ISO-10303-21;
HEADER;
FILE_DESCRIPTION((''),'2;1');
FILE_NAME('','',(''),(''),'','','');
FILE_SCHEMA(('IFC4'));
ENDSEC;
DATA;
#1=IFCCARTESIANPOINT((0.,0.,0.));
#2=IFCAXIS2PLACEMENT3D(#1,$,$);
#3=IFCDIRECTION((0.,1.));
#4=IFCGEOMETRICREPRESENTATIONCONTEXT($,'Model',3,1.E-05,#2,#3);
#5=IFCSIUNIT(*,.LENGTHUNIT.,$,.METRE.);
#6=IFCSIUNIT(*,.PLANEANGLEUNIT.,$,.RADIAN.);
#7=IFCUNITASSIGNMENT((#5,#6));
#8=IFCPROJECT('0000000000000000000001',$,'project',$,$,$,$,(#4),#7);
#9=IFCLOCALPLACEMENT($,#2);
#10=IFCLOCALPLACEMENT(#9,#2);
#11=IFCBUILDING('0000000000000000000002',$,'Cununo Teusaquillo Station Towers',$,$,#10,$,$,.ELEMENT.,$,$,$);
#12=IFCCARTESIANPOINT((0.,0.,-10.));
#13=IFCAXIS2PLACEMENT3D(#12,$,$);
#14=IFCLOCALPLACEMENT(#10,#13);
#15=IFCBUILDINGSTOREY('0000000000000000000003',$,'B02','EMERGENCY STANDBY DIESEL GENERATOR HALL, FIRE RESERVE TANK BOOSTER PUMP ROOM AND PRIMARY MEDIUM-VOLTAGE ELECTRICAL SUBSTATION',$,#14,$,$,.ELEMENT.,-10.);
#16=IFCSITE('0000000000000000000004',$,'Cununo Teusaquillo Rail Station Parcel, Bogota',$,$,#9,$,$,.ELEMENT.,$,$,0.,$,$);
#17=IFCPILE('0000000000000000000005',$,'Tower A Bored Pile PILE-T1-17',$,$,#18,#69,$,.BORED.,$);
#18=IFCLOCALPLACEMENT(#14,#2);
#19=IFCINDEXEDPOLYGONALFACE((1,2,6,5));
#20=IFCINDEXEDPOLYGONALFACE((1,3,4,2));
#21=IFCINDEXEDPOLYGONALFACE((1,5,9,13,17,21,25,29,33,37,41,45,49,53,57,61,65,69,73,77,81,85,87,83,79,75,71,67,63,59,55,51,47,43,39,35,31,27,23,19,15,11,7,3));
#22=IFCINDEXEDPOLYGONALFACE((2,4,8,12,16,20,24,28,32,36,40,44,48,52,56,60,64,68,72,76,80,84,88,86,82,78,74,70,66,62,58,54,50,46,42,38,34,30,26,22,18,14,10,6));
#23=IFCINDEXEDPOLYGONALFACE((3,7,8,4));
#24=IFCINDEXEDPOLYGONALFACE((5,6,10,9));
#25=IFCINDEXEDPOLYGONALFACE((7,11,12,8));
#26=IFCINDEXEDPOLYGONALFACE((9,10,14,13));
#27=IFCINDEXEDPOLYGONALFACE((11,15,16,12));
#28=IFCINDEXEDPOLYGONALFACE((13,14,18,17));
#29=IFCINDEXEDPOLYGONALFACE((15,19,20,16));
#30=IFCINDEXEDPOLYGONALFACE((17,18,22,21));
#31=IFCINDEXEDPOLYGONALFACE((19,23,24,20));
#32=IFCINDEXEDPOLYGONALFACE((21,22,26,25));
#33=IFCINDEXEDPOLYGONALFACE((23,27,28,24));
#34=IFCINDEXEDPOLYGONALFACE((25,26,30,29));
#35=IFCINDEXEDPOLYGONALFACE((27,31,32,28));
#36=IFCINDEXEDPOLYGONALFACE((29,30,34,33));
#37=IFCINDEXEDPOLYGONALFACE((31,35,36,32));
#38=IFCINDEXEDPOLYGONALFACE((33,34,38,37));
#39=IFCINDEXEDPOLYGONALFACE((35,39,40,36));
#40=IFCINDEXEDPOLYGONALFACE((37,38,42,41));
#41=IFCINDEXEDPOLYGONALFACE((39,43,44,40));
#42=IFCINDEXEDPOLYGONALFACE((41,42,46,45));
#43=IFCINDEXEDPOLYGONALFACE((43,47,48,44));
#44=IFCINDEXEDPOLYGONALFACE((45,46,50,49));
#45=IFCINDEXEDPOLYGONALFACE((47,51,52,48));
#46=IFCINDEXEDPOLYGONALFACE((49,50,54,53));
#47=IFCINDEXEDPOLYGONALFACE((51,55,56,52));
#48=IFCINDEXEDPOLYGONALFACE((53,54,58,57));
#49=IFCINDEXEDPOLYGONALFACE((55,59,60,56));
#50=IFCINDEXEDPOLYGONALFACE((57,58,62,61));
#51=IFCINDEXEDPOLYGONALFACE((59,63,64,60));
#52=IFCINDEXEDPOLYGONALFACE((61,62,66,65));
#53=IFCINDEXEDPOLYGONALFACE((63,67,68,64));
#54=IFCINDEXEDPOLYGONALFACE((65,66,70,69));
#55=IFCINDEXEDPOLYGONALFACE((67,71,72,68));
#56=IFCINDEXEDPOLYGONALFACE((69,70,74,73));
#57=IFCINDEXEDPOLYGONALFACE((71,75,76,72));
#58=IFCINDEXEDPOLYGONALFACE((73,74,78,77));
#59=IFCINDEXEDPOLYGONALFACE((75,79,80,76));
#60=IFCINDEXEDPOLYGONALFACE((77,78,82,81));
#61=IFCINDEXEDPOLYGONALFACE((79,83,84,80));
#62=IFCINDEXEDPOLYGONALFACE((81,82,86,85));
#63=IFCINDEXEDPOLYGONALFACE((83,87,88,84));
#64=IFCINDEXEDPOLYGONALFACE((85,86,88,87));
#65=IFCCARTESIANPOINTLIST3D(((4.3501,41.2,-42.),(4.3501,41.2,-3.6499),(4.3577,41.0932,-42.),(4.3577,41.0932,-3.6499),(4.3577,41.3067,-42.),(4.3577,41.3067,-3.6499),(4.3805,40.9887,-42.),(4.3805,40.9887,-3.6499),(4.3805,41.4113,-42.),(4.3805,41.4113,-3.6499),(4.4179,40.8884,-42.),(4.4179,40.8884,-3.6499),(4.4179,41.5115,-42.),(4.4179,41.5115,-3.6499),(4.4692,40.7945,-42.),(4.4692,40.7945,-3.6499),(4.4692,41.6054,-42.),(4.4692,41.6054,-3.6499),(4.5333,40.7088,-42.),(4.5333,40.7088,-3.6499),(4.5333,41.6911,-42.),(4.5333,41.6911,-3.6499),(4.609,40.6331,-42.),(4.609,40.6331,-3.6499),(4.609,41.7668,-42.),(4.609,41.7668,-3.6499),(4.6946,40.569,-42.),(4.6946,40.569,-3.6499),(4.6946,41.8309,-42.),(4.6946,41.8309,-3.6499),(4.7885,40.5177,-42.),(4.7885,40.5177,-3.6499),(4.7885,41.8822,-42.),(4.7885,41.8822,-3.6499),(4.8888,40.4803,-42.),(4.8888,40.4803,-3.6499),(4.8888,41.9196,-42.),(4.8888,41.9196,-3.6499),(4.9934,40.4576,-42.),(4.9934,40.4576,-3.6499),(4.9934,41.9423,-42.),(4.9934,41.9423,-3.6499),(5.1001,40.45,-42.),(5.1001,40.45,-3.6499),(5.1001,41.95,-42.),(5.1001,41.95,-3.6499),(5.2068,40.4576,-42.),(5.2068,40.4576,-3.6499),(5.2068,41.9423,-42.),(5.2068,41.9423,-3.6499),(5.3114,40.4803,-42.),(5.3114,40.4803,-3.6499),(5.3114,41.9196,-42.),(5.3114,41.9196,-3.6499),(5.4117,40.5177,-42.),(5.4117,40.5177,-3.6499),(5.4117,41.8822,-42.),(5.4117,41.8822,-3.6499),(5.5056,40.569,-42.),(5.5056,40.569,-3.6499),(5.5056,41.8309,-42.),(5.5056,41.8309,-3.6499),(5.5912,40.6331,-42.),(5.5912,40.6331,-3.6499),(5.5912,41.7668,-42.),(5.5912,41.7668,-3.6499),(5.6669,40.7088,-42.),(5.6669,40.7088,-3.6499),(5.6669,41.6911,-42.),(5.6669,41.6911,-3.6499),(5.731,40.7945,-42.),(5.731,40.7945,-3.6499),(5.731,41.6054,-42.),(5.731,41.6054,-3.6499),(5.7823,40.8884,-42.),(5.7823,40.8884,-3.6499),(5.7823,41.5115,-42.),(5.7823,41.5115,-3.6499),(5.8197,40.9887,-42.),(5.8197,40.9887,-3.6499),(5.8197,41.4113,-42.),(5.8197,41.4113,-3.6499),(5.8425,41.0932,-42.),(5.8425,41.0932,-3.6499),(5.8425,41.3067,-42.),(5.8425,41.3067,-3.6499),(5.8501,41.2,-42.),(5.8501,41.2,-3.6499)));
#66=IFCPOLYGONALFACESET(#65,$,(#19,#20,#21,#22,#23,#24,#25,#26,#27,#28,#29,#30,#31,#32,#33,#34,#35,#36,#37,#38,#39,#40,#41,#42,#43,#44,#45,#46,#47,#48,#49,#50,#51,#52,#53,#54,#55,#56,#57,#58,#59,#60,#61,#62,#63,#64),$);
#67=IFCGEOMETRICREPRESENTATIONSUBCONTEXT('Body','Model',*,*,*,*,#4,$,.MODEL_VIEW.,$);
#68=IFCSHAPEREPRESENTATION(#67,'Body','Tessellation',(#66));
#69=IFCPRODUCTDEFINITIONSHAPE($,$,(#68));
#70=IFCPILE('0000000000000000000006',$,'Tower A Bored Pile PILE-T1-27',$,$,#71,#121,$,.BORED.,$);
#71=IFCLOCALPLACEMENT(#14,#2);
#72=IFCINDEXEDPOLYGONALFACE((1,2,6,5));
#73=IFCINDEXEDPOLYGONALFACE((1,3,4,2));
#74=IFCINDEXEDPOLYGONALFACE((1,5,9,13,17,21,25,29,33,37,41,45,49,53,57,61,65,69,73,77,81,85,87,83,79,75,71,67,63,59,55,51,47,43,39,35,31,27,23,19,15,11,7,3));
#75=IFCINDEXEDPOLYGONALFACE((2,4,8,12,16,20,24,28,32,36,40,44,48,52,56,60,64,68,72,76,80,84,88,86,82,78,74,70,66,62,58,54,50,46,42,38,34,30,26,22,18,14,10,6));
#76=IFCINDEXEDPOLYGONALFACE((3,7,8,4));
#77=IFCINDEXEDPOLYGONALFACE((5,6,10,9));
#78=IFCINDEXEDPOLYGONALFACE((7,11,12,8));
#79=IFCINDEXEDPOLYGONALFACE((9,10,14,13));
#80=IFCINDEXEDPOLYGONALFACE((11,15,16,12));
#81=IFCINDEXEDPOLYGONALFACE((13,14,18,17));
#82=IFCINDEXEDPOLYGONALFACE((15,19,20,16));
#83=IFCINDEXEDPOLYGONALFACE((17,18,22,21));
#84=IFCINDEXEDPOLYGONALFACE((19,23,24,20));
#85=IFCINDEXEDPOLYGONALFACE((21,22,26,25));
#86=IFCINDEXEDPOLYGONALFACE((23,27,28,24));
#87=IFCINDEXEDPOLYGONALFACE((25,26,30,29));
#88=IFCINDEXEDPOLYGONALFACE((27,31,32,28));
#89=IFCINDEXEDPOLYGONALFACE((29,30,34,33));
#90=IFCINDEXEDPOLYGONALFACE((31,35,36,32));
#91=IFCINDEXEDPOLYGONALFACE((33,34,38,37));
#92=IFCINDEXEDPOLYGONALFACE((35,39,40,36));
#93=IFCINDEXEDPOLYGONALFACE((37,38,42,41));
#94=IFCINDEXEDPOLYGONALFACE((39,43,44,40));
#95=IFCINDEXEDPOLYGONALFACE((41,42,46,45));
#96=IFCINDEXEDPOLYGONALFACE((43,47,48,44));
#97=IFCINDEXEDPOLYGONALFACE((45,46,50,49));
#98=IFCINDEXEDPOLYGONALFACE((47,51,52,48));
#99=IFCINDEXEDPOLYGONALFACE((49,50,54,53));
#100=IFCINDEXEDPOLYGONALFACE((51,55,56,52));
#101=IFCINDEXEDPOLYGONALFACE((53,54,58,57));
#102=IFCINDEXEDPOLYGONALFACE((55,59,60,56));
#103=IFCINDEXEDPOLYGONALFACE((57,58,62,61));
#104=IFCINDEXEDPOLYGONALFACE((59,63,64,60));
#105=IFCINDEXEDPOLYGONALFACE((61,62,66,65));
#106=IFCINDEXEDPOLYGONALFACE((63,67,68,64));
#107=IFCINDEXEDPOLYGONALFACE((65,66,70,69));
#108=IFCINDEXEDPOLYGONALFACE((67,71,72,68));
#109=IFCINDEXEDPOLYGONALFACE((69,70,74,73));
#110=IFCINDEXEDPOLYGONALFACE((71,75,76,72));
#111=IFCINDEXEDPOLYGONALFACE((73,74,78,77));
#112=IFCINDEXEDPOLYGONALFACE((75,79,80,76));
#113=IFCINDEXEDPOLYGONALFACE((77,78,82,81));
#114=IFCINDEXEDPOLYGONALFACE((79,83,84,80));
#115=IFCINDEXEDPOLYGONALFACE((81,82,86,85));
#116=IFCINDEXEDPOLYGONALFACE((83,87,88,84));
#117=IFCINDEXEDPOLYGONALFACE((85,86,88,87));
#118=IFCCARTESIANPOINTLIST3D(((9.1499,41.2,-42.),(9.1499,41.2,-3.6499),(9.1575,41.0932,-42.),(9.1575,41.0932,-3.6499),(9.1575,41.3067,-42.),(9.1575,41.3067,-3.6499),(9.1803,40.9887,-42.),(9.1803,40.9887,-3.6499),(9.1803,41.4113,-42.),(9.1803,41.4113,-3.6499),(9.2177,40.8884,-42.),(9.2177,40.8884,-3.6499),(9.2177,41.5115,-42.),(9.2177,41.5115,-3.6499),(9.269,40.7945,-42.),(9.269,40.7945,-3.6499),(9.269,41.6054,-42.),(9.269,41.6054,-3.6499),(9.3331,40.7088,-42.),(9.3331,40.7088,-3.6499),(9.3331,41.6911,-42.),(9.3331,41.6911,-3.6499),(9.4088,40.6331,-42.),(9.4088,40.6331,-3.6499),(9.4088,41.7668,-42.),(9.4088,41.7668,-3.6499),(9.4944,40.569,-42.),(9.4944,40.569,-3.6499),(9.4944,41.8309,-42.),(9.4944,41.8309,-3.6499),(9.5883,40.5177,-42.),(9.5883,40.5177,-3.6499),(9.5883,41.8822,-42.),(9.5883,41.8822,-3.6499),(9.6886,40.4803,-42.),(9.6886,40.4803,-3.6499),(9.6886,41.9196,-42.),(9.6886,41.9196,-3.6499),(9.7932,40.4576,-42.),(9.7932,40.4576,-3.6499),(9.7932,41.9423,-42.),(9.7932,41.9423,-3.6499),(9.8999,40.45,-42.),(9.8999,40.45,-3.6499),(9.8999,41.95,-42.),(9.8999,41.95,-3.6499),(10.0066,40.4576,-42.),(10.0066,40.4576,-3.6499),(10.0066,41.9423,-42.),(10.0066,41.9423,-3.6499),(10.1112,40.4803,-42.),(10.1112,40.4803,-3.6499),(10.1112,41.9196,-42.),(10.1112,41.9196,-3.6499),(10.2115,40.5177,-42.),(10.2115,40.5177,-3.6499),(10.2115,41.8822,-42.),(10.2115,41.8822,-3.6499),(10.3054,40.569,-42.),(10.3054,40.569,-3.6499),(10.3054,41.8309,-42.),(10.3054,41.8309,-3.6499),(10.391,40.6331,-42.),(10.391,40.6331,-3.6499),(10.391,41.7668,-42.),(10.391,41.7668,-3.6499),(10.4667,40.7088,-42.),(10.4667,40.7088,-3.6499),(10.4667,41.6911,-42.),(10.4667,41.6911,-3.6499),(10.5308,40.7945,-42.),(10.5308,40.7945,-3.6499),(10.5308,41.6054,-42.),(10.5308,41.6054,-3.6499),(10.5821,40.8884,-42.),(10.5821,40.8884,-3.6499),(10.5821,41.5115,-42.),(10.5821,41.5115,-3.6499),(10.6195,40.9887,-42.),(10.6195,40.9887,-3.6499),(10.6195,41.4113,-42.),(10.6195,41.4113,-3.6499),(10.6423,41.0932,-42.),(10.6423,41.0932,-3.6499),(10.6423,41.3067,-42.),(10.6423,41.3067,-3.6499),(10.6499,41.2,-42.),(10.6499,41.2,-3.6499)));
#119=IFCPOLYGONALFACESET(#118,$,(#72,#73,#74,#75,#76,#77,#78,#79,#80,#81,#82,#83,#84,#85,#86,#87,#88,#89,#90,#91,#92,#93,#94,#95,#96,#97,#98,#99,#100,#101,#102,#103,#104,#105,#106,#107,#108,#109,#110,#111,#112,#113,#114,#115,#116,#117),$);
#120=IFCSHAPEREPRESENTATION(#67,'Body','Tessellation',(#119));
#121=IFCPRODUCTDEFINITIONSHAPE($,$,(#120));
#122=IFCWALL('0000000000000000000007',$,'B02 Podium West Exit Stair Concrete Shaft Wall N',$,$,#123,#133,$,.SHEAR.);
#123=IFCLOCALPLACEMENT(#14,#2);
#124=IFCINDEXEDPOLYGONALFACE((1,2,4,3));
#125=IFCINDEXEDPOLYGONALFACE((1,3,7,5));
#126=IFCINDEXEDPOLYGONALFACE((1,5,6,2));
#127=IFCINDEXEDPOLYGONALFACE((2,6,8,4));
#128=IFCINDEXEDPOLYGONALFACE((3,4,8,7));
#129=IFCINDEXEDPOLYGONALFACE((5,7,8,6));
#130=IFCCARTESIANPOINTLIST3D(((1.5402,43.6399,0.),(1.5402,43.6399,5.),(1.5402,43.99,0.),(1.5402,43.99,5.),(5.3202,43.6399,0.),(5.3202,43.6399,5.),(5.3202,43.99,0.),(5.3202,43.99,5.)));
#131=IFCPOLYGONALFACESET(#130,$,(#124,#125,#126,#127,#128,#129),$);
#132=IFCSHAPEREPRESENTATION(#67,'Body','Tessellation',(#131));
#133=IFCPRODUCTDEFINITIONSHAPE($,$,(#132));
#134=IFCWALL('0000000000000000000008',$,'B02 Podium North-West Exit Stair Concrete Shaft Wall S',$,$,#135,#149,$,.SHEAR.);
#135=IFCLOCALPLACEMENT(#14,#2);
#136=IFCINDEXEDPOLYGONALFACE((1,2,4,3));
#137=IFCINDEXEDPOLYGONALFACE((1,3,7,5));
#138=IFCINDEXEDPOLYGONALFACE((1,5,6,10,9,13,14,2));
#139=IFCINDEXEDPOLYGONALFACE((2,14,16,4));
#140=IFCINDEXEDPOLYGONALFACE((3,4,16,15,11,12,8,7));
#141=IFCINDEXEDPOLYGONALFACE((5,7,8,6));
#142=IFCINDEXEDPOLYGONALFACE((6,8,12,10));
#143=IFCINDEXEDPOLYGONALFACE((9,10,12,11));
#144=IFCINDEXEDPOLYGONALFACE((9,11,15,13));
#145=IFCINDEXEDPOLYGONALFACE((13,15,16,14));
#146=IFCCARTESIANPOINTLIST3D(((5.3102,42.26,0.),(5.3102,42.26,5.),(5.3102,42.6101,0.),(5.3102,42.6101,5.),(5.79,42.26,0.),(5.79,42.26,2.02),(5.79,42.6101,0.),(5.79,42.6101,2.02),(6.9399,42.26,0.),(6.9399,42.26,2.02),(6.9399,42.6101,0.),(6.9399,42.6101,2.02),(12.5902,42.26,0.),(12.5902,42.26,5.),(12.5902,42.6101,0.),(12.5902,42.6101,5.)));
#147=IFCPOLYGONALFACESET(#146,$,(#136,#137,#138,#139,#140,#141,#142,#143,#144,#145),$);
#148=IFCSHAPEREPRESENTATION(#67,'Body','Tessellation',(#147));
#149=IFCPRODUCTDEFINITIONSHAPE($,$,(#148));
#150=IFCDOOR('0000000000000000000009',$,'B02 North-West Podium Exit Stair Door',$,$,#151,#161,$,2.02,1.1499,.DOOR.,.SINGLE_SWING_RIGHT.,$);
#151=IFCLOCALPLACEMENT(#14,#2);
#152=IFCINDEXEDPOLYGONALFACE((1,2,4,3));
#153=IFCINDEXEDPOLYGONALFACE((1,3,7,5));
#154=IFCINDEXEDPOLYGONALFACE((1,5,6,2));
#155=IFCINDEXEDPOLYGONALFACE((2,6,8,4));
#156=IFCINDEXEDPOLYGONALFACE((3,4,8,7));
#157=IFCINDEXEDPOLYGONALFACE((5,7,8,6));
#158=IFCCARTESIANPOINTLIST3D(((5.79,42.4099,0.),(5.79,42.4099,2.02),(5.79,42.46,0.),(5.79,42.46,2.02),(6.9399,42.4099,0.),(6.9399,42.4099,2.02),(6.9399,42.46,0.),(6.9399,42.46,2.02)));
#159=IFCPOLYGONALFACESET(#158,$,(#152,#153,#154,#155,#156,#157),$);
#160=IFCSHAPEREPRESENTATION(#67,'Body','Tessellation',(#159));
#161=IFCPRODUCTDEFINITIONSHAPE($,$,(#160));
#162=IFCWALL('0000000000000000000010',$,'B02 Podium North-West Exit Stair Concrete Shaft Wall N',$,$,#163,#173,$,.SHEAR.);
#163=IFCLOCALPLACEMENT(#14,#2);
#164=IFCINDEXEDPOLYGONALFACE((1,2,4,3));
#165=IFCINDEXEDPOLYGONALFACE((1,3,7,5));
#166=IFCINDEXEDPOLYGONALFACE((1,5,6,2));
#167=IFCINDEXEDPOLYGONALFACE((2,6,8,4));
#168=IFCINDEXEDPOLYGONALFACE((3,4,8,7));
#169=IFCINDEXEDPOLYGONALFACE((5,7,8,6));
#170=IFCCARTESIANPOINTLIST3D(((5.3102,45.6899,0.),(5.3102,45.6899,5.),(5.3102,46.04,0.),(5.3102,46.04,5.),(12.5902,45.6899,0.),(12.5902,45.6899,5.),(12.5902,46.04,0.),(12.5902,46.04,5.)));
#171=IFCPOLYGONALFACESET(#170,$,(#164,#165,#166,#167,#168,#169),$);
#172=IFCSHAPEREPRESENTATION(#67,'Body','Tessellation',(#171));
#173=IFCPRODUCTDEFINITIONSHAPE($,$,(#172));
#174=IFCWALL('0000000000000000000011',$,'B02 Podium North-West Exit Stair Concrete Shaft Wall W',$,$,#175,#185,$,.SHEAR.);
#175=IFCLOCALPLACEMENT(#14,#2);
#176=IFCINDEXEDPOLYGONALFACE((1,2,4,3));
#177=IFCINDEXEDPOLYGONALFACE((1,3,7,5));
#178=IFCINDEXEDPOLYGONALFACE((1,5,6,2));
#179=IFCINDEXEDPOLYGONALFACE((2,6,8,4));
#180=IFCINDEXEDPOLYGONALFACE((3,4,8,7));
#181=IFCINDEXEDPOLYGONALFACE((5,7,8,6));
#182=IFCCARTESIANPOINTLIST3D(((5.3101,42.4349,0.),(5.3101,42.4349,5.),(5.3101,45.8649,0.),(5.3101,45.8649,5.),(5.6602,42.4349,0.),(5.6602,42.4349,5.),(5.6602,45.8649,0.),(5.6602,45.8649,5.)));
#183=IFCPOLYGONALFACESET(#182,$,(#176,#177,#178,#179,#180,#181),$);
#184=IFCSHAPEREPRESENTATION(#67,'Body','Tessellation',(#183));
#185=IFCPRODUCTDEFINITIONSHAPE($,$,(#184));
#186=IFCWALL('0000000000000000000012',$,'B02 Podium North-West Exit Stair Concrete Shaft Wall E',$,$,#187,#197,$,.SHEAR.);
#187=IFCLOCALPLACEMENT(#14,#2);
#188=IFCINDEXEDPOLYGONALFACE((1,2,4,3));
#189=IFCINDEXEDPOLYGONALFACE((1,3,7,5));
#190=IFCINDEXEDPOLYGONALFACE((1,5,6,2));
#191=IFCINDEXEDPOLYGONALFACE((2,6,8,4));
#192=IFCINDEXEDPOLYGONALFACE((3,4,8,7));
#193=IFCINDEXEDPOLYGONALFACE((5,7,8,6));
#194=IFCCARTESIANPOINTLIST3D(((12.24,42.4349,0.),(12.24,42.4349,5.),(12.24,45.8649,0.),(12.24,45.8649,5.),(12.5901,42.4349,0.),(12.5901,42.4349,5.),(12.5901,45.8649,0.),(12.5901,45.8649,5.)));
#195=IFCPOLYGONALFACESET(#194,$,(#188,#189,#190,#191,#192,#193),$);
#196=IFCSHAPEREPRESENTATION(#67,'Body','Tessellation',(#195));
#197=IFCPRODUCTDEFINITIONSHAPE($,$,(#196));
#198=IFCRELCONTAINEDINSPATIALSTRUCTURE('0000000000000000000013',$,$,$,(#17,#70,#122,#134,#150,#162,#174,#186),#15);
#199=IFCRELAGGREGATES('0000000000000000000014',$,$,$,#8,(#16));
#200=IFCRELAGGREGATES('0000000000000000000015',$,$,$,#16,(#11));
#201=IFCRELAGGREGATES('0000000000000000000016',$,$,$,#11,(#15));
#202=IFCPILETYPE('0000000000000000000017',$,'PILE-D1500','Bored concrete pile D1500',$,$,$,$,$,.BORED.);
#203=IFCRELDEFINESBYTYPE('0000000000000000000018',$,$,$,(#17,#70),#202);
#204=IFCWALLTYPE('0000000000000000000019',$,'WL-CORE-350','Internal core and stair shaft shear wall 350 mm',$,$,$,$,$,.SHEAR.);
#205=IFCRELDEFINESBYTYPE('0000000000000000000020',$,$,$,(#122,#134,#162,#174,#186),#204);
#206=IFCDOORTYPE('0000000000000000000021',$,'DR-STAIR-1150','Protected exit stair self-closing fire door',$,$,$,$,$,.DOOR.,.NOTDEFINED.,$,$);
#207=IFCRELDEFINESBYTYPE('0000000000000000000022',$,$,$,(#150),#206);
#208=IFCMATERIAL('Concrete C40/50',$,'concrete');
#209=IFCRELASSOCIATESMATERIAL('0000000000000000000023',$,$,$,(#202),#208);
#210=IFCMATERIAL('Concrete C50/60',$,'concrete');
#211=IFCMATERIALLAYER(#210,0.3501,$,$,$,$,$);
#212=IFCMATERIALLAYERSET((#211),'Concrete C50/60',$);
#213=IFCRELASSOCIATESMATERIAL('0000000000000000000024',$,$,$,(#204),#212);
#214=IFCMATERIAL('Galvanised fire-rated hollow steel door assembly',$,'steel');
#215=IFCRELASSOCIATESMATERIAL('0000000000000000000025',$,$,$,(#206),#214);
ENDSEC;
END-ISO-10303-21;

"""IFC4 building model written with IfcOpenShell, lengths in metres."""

from ifc_helpers import new_model, si_unit, direction, frame, frame_2d, origin, origin_2d, place, context, subcontext, project, spatial, rectangle, circle, extrude, source, transform, mapped, material, layer, layer_set, material_profile, profile_set, type_object, element, fill, save


model = new_model("IFC4")

# Units and contexts
model_context = context("Model", 3, precision=1e-05, world=origin(), true_north=direction((0.0, 1.0)))
body_context = subcontext(model_context, "Body", "Model", "MODEL_VIEW")
ifc_project = project(units=[si_unit("LENGTHUNIT", "METRE"), si_unit("PLANEANGLEUNIT", "RADIAN")], contexts=[model_context])

# Site, building, storey
site_placement = place(None, origin())
site = spatial("IfcSite", under=ifc_project, at=site_placement, Name="Cununo Teusaquillo Rail Station Parcel, Bogota", CompositionType="ELEMENT", RefElevation=0.0)
building_placement = place(site_placement, origin())
building = spatial("IfcBuilding", under=site, at=building_placement, Name="Cununo Teusaquillo Station Towers", CompositionType="ELEMENT")
storey_placement = place(building_placement, frame((0.0, 0.0, -10.0)))
storey = spatial("IfcBuildingStorey", under=building, at=storey_placement, Name="B02", Description="EMERGENCY STANDBY DIESEL GENERATOR HALL, FIRE RESERVE TANK BOOSTER PUMP ROOM AND PRIMARY MEDIUM-VOLTAGE ELECTRICAL SUBSTATION", CompositionType="ELEMENT", Elevation=-10.0)

# Piles
ifc_material_1 = material(Name="Concrete C40/50", Category="concrete")
ifc_material_profile = material_profile(ifc_material_1, circle(Radius=0.75, at=origin_2d()), Name="PILE-BORED-1500")
ifc_profile_set = profile_set([ifc_material_profile], Name="Concrete C40/50")
pile_type = type_object("IfcPileType", Name="PILE-D1500", Description="Bored concrete pile D1500", PredefinedType="BORED", material=ifc_profile_set)
for number, where, z_axis, x_axis, name in (
    (1, (5.1001, 41.2, -3.6499), (0.0, 0.0, -1.0), (1.0, 0.0, 0.0), "Tower A Bored Pile PILE-T1-17"),
    (2, (9.8999, 41.2, -3.6499), (0.0, 0.0, -1.0), (1.0, 0.0, 0.0), "Tower A Bored Pile PILE-T1-27"),
):
    element("IfcPile", number, at=place(storey_placement, frame(where, z_axis=z_axis, x_axis=x_axis)), inside=storey, type_object=pile_type, Name=name, PredefinedType="BORED", context=body_context, shape_type="SweptSolid", body=[
        extrude(circle(Radius=0.75, at=origin_2d()), origin(), (0.0, 0.0, 1.0), 38.3501),
    ])

# Wall
ifc_material_2 = material(Name="Concrete C50/60", Category="concrete")
ifc_layer_1 = layer(ifc_material_2, 0.3501)
ifc_layer_set_1 = layer_set([ifc_layer_1], Name="Concrete C50/60")
wall_type_1 = type_object("IfcWallType", Name="WL-CORE-350", Description="Internal core and stair shaft shear wall 350 mm", PredefinedType="SHEAR", material=ifc_layer_set_1)
wall_1_placement = place(storey_placement, frame((1.54, 43.8149, 0.0), z_axis=(0.0, 0.0, 1.0), x_axis=(1.0, 0.0, 0.0)))
element("IfcWall", 3, at=wall_1_placement, inside=storey, type_object=wall_type_1, Name="B02 Podium West Exit Stair Concrete Shaft Wall N", PredefinedType="SHEAR", context=body_context, shape_type="SweptSolid", body=[
    extrude(rectangle(XDim=3.78, YDim=0.3501, at=frame_2d((1.8901, 0.0))), origin(), (0.0, 0.0, 1.0), 5.0),
])

# Wall, opening, door
wall_2_placement = place(storey_placement, frame((5.3101, 42.4351, 0.0), z_axis=(0.0, 0.0, 1.0), x_axis=(1.0, 0.0, 0.0)))
wall_2 = element("IfcWall", 4, at=wall_2_placement, inside=storey, type_object=wall_type_1, Name="B02 Podium North-West Exit Stair Concrete Shaft Wall S", PredefinedType="SHEAR", context=body_context, shape_type="SweptSolid", body=[
    extrude(rectangle(XDim=7.28, YDim=0.3501, at=frame_2d((3.6401, 0.0))), origin(), (0.0, 0.0, 1.0), 5.0),
])
shared_shape_1 = source(origin(), body_context, "Body", "SweptSolid", [
    extrude(rectangle(XDim=1.1499, YDim=2.02, at=frame_2d((0.575, 1.01))), frame((0.0, 0.1851, 0.0), z_axis=(0.0, -1.0, 0.0), x_axis=(1.0, 0.0, 0.0)), (0.0, 0.0, 1.0), 0.3701),
])
opening_placement = place(wall_2_placement, frame((0.48, 0.0, 0.0)))
opening = element("IfcOpeningElement", 5, at=opening_placement, cuts=wall_2, PredefinedType="OPENING", context=body_context, shape_type="MappedRepresentation", body=[
    mapped(shared_shape_1, transform((0.0, 0.0, 0.0), x_axis=(1.0, 0.0, 0.0), y_axis=(0.0, 1.0, 0.0), z_axis=(0.0, 0.0, 1.0), scale=1.0)),
])
ifc_material_3 = material(Name="Galvanised fire-rated hollow steel door assembly", Category="steel")
door_type = type_object("IfcDoorType", Name="DR-STAIR-1150", Description="Protected exit stair self-closing fire door", OperationType="NOTDEFINED", PredefinedType="DOOR", material=ifc_material_3)
shared_shape_2 = source(origin(), body_context, "Body", "SweptSolid", [
    extrude(rectangle(XDim=1.1499, YDim=2.02, at=frame_2d((0.575, 1.01))), frame((0.0, 0.0249, 0.0), z_axis=(0.0, -1.0, 0.0), x_axis=(1.0, 0.0, 0.0)), (0.0, 0.0, 1.0), 0.05),
])
door_placement = place(opening_placement, origin())
door = element("IfcDoor", 6, at=door_placement, inside=storey, type_object=door_type, Name="B02 North-West Podium Exit Stair Door", OperationType="SINGLE_SWING_RIGHT", OverallHeight=2.02, OverallWidth=1.1499, PredefinedType="DOOR", context=body_context, shape_type="MappedRepresentation", body=[
    mapped(shared_shape_2, transform((0.0, 0.0, 0.0), x_axis=(1.0, 0.0, 0.0), y_axis=(0.0, 1.0, 0.0), z_axis=(0.0, 0.0, 1.0), scale=1.0)),
])
fill(opening, door)

# Walls
wall_3_placement = place(storey_placement, frame((5.3101, 45.865, 0.0), z_axis=(0.0, 0.0, 1.0), x_axis=(1.0, 0.0, 0.0)))
element("IfcWall", 7, at=wall_3_placement, inside=storey, type_object=wall_type_1, Name="B02 Podium North-West Exit Stair Concrete Shaft Wall N", PredefinedType="SHEAR", context=body_context, shape_type="SweptSolid", body=[
    extrude(rectangle(XDim=7.28, YDim=0.3501, at=frame_2d((3.6401, 0.0))), origin(), (0.0, 0.0, 1.0), 5.0),
])
for number, where, z_axis, x_axis, name in (
    (8, (5.4851, 42.4351, 0.0), (0.0, 0.0, 1.0), (0.0, 1.0, 0.0), "B02 Podium North-West Exit Stair Concrete Shaft Wall W"),
    (9, (12.415, 42.4351, 0.0), (0.0, 0.0, 1.0), (0.0, 1.0, 0.0), "B02 Podium North-West Exit Stair Concrete Shaft Wall E"),
):
    element("IfcWall", number, at=place(storey_placement, frame(where, z_axis=z_axis, x_axis=x_axis)), inside=storey, type_object=wall_type_1, Name=name, PredefinedType="SHEAR", context=body_context, shape_type="SweptSolid", body=[
        extrude(rectangle(XDim=3.4299, YDim=0.3501, at=frame_2d((1.7148, 0.0))), origin(), (0.0, 0.0, 1.0), 5.0),
    ])

save(model, "model.ifc")
